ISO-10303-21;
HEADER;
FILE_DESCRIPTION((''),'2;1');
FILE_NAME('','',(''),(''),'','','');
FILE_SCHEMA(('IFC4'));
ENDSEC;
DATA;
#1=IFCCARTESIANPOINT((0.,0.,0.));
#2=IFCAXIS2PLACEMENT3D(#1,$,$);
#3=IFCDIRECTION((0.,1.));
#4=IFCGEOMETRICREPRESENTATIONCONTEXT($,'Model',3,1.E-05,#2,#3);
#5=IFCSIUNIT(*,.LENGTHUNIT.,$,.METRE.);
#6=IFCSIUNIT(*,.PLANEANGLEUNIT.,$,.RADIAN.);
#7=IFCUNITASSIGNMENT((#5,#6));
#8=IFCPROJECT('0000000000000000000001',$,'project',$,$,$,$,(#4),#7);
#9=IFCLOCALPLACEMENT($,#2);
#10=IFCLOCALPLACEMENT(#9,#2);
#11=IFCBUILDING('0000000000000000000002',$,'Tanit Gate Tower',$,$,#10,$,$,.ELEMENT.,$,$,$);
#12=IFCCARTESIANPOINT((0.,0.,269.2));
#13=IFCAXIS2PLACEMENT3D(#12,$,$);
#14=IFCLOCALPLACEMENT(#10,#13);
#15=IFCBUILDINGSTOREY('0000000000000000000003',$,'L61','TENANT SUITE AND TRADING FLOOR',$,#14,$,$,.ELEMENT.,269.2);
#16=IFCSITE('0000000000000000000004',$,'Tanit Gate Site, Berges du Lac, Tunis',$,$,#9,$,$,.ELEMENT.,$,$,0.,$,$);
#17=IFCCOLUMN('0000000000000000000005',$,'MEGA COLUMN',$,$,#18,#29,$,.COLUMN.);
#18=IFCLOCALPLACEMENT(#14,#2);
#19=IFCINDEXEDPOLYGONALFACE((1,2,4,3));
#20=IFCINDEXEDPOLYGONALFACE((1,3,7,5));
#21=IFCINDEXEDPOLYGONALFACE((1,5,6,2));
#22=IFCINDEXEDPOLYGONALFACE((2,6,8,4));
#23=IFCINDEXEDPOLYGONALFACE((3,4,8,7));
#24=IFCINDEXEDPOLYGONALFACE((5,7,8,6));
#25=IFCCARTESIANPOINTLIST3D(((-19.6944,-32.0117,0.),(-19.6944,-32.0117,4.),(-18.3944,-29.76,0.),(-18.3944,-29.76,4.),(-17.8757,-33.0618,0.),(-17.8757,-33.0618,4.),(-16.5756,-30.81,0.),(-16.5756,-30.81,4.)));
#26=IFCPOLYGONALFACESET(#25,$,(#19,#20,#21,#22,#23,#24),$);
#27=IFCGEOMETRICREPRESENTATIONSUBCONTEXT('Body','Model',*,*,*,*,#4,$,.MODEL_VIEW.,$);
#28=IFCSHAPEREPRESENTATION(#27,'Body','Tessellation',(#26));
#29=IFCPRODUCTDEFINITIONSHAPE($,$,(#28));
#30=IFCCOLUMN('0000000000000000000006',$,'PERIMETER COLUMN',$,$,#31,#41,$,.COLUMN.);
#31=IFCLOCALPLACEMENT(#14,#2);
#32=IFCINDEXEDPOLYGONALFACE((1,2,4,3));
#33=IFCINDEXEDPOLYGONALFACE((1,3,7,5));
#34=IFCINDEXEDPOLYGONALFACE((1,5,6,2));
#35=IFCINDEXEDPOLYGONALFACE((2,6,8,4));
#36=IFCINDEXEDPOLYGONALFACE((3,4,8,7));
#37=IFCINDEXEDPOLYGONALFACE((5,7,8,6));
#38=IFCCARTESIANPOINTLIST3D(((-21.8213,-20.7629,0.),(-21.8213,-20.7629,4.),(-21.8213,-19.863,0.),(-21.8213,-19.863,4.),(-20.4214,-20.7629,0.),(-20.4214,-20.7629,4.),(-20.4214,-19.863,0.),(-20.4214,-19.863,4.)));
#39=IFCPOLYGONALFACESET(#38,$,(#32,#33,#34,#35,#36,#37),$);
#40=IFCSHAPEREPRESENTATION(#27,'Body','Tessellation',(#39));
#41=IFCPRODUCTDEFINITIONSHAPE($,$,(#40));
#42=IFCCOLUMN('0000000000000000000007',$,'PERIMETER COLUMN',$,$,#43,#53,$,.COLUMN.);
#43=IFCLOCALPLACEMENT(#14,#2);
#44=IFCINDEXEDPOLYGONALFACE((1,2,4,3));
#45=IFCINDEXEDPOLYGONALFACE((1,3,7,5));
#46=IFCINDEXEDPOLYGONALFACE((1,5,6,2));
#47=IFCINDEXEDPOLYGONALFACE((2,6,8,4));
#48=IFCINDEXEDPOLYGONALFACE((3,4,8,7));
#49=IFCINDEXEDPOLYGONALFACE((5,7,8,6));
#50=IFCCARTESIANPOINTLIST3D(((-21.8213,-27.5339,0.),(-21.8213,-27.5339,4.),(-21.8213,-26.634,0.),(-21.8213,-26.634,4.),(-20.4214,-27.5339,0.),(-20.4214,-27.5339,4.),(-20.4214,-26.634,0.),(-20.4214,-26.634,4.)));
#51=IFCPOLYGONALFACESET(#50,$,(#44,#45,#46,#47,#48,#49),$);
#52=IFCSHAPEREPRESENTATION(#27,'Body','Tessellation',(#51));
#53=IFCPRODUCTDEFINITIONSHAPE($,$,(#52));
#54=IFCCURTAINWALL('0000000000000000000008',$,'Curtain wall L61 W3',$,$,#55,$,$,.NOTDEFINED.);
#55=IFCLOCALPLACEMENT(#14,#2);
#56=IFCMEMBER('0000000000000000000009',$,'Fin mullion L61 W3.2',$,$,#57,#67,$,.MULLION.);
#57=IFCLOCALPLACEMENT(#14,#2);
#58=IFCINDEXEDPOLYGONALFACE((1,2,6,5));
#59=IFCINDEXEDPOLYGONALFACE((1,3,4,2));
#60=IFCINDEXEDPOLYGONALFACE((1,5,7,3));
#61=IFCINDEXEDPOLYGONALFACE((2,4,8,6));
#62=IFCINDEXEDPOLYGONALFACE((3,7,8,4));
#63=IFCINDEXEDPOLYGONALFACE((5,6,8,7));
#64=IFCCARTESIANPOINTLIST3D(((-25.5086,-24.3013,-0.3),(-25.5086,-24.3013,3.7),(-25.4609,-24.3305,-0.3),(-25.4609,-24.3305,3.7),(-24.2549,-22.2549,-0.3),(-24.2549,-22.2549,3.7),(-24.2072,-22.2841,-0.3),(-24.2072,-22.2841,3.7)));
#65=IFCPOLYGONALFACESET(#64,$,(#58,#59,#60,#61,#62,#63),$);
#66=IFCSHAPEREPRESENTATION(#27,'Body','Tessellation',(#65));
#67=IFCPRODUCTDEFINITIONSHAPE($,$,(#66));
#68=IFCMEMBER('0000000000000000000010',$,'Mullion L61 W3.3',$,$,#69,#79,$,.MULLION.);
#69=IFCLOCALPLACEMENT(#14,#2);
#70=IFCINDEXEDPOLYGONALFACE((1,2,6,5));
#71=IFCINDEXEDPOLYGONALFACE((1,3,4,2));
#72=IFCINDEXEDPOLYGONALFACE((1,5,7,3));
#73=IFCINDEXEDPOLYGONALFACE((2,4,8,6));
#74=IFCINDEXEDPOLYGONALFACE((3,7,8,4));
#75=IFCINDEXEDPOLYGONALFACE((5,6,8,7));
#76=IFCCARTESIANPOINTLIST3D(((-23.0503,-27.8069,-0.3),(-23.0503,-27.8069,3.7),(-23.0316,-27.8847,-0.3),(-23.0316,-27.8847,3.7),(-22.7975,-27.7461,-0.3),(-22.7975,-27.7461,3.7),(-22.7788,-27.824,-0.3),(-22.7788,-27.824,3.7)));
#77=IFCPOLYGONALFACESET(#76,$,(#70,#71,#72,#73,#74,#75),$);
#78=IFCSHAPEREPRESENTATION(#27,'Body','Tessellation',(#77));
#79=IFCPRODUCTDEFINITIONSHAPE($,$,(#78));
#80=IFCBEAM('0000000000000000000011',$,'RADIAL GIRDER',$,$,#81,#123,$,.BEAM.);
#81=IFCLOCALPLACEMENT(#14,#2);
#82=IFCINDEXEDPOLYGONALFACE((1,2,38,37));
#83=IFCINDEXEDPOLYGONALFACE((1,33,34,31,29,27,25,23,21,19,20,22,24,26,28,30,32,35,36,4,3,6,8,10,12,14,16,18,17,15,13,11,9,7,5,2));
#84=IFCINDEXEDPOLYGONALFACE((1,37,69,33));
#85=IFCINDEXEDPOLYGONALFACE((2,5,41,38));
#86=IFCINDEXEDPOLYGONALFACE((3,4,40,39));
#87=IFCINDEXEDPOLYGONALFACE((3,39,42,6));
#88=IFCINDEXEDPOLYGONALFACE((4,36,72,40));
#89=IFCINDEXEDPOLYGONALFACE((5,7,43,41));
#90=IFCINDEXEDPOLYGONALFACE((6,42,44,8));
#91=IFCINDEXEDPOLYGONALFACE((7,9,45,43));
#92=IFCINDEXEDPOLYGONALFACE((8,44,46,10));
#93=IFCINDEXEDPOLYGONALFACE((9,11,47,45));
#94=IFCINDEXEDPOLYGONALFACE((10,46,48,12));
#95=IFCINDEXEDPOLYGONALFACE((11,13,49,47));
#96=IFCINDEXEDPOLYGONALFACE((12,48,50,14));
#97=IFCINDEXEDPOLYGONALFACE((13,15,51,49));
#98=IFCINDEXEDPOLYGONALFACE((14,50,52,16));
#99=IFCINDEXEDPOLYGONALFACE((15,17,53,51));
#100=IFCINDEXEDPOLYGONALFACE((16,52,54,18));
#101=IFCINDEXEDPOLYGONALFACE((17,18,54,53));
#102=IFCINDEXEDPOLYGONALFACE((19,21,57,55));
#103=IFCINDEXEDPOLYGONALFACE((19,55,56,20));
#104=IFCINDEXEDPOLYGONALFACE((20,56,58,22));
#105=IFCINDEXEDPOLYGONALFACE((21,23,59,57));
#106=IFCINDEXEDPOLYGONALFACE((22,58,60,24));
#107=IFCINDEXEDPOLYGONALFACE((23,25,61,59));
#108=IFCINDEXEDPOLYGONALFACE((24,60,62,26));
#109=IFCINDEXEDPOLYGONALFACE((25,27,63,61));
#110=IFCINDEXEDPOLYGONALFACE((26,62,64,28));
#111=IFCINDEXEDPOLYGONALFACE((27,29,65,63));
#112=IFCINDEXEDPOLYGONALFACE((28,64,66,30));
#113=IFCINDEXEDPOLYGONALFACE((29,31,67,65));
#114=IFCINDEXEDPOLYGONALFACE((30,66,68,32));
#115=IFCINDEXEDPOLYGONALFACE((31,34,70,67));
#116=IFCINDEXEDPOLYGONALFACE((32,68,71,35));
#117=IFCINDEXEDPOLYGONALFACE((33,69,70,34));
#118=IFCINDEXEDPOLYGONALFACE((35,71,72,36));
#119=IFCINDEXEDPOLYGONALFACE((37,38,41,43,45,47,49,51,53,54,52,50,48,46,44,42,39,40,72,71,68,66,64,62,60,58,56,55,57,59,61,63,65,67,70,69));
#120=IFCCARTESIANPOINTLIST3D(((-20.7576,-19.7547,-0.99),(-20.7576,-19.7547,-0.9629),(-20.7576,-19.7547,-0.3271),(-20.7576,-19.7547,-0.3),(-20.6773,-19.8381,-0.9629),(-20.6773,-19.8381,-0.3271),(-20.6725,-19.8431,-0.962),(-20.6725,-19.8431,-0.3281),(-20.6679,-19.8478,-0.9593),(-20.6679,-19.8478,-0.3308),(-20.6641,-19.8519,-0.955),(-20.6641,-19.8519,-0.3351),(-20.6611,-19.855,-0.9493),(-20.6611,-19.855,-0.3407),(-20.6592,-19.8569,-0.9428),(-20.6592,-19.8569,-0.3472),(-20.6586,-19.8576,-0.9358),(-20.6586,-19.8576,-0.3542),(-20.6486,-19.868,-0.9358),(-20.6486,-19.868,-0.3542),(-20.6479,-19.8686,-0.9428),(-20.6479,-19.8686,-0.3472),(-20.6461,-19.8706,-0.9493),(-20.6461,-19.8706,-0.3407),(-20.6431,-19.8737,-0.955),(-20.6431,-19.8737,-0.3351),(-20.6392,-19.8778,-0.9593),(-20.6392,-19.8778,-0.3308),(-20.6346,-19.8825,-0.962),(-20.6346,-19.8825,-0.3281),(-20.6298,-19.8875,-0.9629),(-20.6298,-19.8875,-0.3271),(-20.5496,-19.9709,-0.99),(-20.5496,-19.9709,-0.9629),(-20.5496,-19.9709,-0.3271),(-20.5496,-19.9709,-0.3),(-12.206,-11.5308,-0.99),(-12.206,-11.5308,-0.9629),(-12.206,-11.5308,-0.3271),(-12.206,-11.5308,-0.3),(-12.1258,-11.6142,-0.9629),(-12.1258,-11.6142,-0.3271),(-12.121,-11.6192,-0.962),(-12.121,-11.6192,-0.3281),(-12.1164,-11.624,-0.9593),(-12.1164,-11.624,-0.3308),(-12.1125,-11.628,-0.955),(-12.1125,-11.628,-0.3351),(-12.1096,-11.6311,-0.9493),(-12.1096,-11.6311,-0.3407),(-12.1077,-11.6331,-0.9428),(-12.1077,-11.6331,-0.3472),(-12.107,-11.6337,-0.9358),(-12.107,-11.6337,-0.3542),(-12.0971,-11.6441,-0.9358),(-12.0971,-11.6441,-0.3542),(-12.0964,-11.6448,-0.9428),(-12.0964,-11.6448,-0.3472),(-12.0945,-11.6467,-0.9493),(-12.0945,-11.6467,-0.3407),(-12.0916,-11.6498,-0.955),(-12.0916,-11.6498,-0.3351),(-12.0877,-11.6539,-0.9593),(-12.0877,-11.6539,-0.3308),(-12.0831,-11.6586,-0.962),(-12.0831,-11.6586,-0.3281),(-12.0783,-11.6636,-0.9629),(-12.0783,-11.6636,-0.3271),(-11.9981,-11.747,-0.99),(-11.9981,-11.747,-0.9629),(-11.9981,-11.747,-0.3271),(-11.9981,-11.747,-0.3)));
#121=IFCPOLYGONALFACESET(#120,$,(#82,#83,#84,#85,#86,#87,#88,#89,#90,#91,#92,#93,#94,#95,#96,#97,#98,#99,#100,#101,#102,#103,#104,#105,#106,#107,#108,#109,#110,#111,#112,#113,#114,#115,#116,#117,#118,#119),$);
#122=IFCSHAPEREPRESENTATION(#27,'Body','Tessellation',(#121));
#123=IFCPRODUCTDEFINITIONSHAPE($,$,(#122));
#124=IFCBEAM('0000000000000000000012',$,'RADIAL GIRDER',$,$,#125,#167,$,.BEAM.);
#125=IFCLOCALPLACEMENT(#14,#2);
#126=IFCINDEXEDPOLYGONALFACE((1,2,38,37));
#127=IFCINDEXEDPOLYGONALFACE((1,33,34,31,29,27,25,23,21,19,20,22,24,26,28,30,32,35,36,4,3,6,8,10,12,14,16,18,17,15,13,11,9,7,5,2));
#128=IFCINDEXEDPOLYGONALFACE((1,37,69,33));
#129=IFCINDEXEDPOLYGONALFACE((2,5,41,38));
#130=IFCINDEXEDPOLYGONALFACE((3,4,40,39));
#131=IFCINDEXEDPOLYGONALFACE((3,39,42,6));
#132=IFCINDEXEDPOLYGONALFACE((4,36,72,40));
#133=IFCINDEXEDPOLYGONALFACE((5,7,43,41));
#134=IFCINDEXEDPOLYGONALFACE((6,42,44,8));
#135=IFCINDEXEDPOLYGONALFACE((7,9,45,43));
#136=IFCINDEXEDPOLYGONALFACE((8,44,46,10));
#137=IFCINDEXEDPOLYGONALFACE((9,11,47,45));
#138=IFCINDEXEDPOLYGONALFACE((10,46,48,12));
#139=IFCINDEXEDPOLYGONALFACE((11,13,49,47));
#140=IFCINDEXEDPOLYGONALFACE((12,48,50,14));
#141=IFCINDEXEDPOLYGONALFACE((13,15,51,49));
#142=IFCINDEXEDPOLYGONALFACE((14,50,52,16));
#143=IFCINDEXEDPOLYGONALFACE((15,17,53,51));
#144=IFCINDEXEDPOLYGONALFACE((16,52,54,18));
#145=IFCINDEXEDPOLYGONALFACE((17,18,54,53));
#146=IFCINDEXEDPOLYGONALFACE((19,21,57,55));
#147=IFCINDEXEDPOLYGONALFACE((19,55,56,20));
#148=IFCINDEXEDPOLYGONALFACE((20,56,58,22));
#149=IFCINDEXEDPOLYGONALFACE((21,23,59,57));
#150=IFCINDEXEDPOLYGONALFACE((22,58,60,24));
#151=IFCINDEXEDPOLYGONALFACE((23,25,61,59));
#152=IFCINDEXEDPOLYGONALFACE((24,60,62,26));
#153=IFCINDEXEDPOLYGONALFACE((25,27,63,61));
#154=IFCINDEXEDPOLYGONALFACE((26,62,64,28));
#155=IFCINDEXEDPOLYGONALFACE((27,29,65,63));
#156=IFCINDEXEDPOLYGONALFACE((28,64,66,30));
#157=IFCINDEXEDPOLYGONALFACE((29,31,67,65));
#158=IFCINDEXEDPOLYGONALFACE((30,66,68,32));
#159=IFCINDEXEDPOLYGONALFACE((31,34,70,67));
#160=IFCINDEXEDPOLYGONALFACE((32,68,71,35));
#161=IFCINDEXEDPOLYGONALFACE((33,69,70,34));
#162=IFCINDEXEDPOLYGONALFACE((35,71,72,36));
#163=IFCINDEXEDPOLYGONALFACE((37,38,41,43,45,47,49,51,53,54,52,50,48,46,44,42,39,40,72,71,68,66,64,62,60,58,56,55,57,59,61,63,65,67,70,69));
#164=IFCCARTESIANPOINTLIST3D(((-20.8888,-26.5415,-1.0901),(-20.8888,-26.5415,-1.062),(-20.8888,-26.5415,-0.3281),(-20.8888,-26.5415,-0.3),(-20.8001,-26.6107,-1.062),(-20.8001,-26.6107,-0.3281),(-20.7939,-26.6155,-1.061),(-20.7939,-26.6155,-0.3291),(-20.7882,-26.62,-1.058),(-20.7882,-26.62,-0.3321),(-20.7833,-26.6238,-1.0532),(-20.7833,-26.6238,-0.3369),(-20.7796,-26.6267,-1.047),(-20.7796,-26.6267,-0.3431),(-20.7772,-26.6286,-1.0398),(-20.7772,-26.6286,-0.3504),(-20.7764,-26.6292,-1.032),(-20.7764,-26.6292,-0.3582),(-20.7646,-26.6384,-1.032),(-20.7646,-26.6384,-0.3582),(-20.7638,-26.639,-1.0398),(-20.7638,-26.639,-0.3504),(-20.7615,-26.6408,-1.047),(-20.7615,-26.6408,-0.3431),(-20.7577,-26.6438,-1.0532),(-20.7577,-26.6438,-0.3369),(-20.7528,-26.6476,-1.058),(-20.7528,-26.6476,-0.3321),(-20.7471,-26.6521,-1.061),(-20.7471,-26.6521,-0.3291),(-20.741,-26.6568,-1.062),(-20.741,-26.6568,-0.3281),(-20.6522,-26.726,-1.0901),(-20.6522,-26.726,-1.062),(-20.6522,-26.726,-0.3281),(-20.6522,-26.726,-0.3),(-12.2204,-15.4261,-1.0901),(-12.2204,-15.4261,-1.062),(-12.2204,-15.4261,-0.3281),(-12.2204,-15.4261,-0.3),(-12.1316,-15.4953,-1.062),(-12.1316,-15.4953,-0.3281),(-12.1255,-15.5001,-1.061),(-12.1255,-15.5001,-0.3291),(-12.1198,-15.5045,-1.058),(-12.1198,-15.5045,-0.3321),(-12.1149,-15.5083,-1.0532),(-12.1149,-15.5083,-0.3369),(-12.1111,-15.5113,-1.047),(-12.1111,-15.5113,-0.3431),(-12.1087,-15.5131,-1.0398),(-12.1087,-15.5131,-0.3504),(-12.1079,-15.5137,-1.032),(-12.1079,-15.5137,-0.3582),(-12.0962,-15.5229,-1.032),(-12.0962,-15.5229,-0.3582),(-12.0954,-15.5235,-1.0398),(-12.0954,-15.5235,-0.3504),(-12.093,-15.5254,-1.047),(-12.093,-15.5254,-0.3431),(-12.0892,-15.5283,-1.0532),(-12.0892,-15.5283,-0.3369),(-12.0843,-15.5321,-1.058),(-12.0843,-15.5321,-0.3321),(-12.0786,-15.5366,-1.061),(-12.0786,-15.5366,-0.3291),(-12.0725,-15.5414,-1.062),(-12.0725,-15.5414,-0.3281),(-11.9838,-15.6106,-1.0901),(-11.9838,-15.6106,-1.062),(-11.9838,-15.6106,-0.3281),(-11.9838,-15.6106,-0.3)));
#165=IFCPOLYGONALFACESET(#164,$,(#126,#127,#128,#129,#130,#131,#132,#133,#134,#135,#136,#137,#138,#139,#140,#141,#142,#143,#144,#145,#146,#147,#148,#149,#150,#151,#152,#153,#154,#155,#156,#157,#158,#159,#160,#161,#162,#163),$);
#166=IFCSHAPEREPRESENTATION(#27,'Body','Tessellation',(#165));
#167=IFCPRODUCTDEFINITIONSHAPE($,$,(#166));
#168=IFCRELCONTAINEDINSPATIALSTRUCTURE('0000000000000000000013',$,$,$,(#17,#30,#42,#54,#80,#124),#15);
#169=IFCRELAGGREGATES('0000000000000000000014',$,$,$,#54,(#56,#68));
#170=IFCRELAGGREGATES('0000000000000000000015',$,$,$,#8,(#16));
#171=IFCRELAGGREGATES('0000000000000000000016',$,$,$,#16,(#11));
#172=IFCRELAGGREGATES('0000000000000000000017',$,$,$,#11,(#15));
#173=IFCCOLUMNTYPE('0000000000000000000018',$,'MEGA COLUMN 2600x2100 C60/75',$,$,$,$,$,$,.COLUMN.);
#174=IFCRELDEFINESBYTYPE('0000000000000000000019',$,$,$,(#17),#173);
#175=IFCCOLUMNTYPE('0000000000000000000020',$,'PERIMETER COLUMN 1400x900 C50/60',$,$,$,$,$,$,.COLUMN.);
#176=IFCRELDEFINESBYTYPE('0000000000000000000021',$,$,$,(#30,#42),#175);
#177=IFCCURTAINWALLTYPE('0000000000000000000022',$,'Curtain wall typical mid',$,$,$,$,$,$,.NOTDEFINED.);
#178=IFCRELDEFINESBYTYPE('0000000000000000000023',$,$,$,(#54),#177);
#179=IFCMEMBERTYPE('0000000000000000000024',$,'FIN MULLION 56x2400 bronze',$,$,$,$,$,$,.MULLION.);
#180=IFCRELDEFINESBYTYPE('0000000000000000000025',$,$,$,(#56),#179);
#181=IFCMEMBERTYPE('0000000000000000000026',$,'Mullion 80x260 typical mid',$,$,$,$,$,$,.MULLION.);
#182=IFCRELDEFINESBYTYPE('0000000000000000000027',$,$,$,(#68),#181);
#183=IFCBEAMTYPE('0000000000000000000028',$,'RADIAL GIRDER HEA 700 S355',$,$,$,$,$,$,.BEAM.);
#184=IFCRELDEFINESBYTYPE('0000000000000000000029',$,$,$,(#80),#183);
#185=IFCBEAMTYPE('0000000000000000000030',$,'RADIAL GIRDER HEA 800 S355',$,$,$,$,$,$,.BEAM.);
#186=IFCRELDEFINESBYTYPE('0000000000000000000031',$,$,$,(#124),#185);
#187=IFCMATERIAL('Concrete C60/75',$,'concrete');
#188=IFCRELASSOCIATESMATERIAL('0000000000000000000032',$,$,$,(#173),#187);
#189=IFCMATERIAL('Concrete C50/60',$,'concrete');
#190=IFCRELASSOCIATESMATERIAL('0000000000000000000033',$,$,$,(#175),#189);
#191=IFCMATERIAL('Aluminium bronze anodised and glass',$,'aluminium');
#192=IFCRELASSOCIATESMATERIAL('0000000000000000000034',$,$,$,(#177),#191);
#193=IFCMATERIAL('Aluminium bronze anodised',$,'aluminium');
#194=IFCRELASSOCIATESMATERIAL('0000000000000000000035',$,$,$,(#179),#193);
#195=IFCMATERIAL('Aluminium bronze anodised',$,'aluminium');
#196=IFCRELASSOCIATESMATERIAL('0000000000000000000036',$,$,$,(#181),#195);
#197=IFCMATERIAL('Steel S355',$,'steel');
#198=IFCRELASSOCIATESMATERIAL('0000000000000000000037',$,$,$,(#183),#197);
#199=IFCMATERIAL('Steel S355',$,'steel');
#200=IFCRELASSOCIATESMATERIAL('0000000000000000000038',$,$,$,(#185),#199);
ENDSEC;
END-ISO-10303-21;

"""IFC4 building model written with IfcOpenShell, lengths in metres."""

from ifc_helpers import new_model, si_unit, direction, frame, origin, origin_2d, place, context, subcontext, project, spatial, rectangle, i_section, extrude, material, material_profile, profile_set, type_object, element, aggregate, save


model = new_model("IFC4")

# Units and contexts
model_context = context("Model", 3, precision=1e-05, world=origin(), true_north=direction((0.0, 1.0)))
body_context = subcontext(model_context, "Body", "Model", "MODEL_VIEW")
ifc_project = project(units=[si_unit("LENGTHUNIT", "METRE"), si_unit("PLANEANGLEUNIT", "RADIAN")], contexts=[model_context])

# Site, building, storey
site_placement = place(None, origin())
site = spatial("IfcSite", under=ifc_project, at=site_placement, Name="Tanit Gate Site, Berges du Lac, Tunis", CompositionType="ELEMENT", RefElevation=0.0)
building_placement = place(site_placement, origin())
building = spatial("IfcBuilding", under=site, at=building_placement, Name="Tanit Gate Tower", CompositionType="ELEMENT")
storey_placement = place(building_placement, frame((0.0, 0.0, 269.2)))
storey = spatial("IfcBuildingStorey", under=building, at=storey_placement, Name="L61", Description="TENANT SUITE AND TRADING FLOOR", CompositionType="ELEMENT", Elevation=269.2)

# Columns
ifc_material_1 = material(Name="Concrete C60/75", Category="concrete")
ifc_material_profile_1 = material_profile(ifc_material_1, rectangle(XDim=2.6001, YDim=2.1001, at=origin_2d()), Name="RC 2600x2100")
ifc_profile_set_1 = profile_set([ifc_material_profile_1], Name="Concrete C60/75")
column_type_1 = type_object("IfcColumnType", Name="MEGA COLUMN 2600x2100 C60/75", PredefinedType="COLUMN", material=ifc_profile_set_1)
column_placement = place(storey_placement, frame((-18.135, -31.4109, 0.0), z_axis=(0.0, 0.0, 1.0), x_axis=(-0.5, -0.866025, 0.0)))
element("IfcColumn", 1, at=column_placement, inside=storey, type_object=column_type_1, Name="MEGA COLUMN", PredefinedType="COLUMN", context=body_context, shape_type="SweptSolid", body=[
    extrude(rectangle(XDim=2.6001, YDim=2.1001, at=origin_2d()), origin(), (0.0, 0.0, 1.0), 4.0),
])
ifc_material_2 = material(Name="Concrete C50/60", Category="concrete")
ifc_material_profile_2 = material_profile(ifc_material_2, rectangle(XDim=1.3999, YDim=0.8999, at=origin_2d()), Name="RC 1400x900")
ifc_profile_set_2 = profile_set([ifc_material_profile_2], Name="Concrete C50/60")
column_type_2 = type_object("IfcColumnType", Name="PERIMETER COLUMN 1400x900 C50/60", PredefinedType="COLUMN", material=ifc_profile_set_2)
for number, where, z_axis, x_axis, name in (
    (2, (-21.1213, -20.313, 0.0), (0.0, 0.0, 1.0), (-1.0, 0.0, 0.0), "PERIMETER COLUMN"),
    (3, (-21.1213, -27.084, 0.0), (0.0, 0.0, 1.0), (-1.0, 0.0, 0.0), "PERIMETER COLUMN"),
):
    element("IfcColumn", number, at=place(storey_placement, frame(where, z_axis=z_axis, x_axis=x_axis)), inside=storey, type_object=column_type_2, Name=name, PredefinedType="COLUMN", context=body_context, shape_type="SweptSolid", body=[
        extrude(rectangle(XDim=1.3999, YDim=0.8999, at=origin_2d()), origin(), (0.0, 0.0, 1.0), 4.0),
    ])

# Curtain wall, members
ifc_material_3 = material(Name="Aluminium bronze anodised and glass", Category="aluminium")
curtain_wall_type = type_object("IfcCurtainWallType", Name="Curtain wall typical mid", PredefinedType="NOTDEFINED", material=ifc_material_3)
curtain_wall_placement = place(storey_placement, origin())
curtain_wall = element("IfcCurtainWall", 4, at=curtain_wall_placement, inside=storey, type_object=curtain_wall_type, Name="Curtain wall L61 W3", PredefinedType="NOTDEFINED")
ifc_material_4 = material(Name="Aluminium bronze anodised", Category="aluminium")
ifc_material_profile_3 = material_profile(ifc_material_4, rectangle(XDim=2.3999, YDim=0.0559, at=origin_2d()), Name="56x2400 bronze fin mullion")
ifc_profile_set_3 = profile_set([ifc_material_profile_3], Name="Aluminium bronze anodised")
member_type_1 = type_object("IfcMemberType", Name="FIN MULLION 56x2400 bronze", PredefinedType="MULLION", material=ifc_profile_set_3)
member_1_placement = place(storey_placement, frame((-24.8579, -23.2927, -0.3), z_axis=(0.0, 0.0, 1.0), x_axis=(0.522414, 0.852692, 0.0)))
member_1 = element("IfcMember", 5, at=member_1_placement, type_object=member_type_1, Name="Fin mullion L61 W3.2", PredefinedType="MULLION", context=body_context, shape_type="SweptSolid", body=[
    extrude(rectangle(XDim=2.3999, YDim=0.0559, at=origin_2d()), origin(), (0.0, 0.0, 1.0), 4.0),
])
ifc_material_5 = material(Name="Aluminium bronze anodised", Category="aluminium")
ifc_material_profile_4 = material_profile(ifc_material_5, rectangle(XDim=0.26, YDim=0.0801, at=origin_2d()), Name="80x260 bronze mullion")
ifc_profile_set_4 = profile_set([ifc_material_profile_4], Name="Aluminium bronze anodised")
member_type_2 = type_object("IfcMemberType", Name="Mullion 80x260 typical mid", PredefinedType="MULLION", material=ifc_profile_set_4)
member_2_placement = place(storey_placement, frame((-22.9146, -27.8154, -0.3), z_axis=(0.0, 0.0, 1.0), x_axis=(0.972347, 0.233542, 0.0)))
member_2 = element("IfcMember", 6, at=member_2_placement, type_object=member_type_2, Name="Mullion L61 W3.3", PredefinedType="MULLION", context=body_context, shape_type="SweptSolid", body=[
    extrude(rectangle(XDim=0.26, YDim=0.0801, at=origin_2d()), origin(), (0.0, 0.0, 1.0), 4.0),
])

# Beams
ifc_material_6 = material(Name="Steel S355", Category="steel")
ifc_material_profile_5 = material_profile(ifc_material_6, i_section(OverallWidth=0.3, OverallDepth=0.6899, WebThickness=0.0144, FlangeThickness=0.0271, FilletRadius=0.0271, at=origin_2d()), Name="HEA 700")
ifc_profile_set_5 = profile_set([ifc_material_profile_5], Name="Steel S355")
beam_type_1 = type_object("IfcBeamType", Name="RADIAL GIRDER HEA 700 S355", PredefinedType="BEAM", material=ifc_profile_set_5)
beam_1_placement = place(storey_placement, frame((-20.6536, -19.8628, -0.645), z_axis=(0.72078, 0.693164, 0.0), x_axis=(-0.693164, 0.72078, 0.0)))
element("IfcBeam", 7, at=beam_1_placement, inside=storey, type_object=beam_type_1, Name="RADIAL GIRDER", PredefinedType="BEAM", context=body_context, shape_type="SweptSolid", body=[
    extrude(i_section(OverallWidth=0.3, OverallDepth=0.6899, WebThickness=0.0144, FlangeThickness=0.0271, FilletRadius=0.0271, at=origin_2d()), origin(), (0.0, 0.0, 1.0), 11.8643),
])
ifc_material_7 = material(Name="Steel S355", Category="steel")
ifc_material_profile_6 = material_profile(ifc_material_7, i_section(OverallWidth=0.3, OverallDepth=0.79, WebThickness=0.0149, FlangeThickness=0.0281, FilletRadius=0.03, at=origin_2d()), Name="HEA 800")
ifc_profile_set_6 = profile_set([ifc_material_profile_6], Name="Steel S355")
beam_type_2 = type_object("IfcBeamType", Name="RADIAL GIRDER HEA 800 S355", PredefinedType="BEAM", material=ifc_profile_set_6)
beam_2_placement = place(storey_placement, frame((-20.7705, -26.6338, -0.6951), z_axis=(0.614961, 0.788558, 0.0), x_axis=(-0.788558, 0.614961, 0.0)))
element("IfcBeam", 8, at=beam_2_placement, inside=storey, type_object=beam_type_2, Name="RADIAL GIRDER", PredefinedType="BEAM", context=body_context, shape_type="SweptSolid", body=[
    extrude(i_section(OverallWidth=0.3, OverallDepth=0.79, WebThickness=0.0149, FlangeThickness=0.0281, FilletRadius=0.03, at=origin_2d()), origin(), (0.0, 0.0, 1.0), 14.0959),
])

aggregate(curtain_wall, [member_1, member_2])

save(model, "model.ifc")
